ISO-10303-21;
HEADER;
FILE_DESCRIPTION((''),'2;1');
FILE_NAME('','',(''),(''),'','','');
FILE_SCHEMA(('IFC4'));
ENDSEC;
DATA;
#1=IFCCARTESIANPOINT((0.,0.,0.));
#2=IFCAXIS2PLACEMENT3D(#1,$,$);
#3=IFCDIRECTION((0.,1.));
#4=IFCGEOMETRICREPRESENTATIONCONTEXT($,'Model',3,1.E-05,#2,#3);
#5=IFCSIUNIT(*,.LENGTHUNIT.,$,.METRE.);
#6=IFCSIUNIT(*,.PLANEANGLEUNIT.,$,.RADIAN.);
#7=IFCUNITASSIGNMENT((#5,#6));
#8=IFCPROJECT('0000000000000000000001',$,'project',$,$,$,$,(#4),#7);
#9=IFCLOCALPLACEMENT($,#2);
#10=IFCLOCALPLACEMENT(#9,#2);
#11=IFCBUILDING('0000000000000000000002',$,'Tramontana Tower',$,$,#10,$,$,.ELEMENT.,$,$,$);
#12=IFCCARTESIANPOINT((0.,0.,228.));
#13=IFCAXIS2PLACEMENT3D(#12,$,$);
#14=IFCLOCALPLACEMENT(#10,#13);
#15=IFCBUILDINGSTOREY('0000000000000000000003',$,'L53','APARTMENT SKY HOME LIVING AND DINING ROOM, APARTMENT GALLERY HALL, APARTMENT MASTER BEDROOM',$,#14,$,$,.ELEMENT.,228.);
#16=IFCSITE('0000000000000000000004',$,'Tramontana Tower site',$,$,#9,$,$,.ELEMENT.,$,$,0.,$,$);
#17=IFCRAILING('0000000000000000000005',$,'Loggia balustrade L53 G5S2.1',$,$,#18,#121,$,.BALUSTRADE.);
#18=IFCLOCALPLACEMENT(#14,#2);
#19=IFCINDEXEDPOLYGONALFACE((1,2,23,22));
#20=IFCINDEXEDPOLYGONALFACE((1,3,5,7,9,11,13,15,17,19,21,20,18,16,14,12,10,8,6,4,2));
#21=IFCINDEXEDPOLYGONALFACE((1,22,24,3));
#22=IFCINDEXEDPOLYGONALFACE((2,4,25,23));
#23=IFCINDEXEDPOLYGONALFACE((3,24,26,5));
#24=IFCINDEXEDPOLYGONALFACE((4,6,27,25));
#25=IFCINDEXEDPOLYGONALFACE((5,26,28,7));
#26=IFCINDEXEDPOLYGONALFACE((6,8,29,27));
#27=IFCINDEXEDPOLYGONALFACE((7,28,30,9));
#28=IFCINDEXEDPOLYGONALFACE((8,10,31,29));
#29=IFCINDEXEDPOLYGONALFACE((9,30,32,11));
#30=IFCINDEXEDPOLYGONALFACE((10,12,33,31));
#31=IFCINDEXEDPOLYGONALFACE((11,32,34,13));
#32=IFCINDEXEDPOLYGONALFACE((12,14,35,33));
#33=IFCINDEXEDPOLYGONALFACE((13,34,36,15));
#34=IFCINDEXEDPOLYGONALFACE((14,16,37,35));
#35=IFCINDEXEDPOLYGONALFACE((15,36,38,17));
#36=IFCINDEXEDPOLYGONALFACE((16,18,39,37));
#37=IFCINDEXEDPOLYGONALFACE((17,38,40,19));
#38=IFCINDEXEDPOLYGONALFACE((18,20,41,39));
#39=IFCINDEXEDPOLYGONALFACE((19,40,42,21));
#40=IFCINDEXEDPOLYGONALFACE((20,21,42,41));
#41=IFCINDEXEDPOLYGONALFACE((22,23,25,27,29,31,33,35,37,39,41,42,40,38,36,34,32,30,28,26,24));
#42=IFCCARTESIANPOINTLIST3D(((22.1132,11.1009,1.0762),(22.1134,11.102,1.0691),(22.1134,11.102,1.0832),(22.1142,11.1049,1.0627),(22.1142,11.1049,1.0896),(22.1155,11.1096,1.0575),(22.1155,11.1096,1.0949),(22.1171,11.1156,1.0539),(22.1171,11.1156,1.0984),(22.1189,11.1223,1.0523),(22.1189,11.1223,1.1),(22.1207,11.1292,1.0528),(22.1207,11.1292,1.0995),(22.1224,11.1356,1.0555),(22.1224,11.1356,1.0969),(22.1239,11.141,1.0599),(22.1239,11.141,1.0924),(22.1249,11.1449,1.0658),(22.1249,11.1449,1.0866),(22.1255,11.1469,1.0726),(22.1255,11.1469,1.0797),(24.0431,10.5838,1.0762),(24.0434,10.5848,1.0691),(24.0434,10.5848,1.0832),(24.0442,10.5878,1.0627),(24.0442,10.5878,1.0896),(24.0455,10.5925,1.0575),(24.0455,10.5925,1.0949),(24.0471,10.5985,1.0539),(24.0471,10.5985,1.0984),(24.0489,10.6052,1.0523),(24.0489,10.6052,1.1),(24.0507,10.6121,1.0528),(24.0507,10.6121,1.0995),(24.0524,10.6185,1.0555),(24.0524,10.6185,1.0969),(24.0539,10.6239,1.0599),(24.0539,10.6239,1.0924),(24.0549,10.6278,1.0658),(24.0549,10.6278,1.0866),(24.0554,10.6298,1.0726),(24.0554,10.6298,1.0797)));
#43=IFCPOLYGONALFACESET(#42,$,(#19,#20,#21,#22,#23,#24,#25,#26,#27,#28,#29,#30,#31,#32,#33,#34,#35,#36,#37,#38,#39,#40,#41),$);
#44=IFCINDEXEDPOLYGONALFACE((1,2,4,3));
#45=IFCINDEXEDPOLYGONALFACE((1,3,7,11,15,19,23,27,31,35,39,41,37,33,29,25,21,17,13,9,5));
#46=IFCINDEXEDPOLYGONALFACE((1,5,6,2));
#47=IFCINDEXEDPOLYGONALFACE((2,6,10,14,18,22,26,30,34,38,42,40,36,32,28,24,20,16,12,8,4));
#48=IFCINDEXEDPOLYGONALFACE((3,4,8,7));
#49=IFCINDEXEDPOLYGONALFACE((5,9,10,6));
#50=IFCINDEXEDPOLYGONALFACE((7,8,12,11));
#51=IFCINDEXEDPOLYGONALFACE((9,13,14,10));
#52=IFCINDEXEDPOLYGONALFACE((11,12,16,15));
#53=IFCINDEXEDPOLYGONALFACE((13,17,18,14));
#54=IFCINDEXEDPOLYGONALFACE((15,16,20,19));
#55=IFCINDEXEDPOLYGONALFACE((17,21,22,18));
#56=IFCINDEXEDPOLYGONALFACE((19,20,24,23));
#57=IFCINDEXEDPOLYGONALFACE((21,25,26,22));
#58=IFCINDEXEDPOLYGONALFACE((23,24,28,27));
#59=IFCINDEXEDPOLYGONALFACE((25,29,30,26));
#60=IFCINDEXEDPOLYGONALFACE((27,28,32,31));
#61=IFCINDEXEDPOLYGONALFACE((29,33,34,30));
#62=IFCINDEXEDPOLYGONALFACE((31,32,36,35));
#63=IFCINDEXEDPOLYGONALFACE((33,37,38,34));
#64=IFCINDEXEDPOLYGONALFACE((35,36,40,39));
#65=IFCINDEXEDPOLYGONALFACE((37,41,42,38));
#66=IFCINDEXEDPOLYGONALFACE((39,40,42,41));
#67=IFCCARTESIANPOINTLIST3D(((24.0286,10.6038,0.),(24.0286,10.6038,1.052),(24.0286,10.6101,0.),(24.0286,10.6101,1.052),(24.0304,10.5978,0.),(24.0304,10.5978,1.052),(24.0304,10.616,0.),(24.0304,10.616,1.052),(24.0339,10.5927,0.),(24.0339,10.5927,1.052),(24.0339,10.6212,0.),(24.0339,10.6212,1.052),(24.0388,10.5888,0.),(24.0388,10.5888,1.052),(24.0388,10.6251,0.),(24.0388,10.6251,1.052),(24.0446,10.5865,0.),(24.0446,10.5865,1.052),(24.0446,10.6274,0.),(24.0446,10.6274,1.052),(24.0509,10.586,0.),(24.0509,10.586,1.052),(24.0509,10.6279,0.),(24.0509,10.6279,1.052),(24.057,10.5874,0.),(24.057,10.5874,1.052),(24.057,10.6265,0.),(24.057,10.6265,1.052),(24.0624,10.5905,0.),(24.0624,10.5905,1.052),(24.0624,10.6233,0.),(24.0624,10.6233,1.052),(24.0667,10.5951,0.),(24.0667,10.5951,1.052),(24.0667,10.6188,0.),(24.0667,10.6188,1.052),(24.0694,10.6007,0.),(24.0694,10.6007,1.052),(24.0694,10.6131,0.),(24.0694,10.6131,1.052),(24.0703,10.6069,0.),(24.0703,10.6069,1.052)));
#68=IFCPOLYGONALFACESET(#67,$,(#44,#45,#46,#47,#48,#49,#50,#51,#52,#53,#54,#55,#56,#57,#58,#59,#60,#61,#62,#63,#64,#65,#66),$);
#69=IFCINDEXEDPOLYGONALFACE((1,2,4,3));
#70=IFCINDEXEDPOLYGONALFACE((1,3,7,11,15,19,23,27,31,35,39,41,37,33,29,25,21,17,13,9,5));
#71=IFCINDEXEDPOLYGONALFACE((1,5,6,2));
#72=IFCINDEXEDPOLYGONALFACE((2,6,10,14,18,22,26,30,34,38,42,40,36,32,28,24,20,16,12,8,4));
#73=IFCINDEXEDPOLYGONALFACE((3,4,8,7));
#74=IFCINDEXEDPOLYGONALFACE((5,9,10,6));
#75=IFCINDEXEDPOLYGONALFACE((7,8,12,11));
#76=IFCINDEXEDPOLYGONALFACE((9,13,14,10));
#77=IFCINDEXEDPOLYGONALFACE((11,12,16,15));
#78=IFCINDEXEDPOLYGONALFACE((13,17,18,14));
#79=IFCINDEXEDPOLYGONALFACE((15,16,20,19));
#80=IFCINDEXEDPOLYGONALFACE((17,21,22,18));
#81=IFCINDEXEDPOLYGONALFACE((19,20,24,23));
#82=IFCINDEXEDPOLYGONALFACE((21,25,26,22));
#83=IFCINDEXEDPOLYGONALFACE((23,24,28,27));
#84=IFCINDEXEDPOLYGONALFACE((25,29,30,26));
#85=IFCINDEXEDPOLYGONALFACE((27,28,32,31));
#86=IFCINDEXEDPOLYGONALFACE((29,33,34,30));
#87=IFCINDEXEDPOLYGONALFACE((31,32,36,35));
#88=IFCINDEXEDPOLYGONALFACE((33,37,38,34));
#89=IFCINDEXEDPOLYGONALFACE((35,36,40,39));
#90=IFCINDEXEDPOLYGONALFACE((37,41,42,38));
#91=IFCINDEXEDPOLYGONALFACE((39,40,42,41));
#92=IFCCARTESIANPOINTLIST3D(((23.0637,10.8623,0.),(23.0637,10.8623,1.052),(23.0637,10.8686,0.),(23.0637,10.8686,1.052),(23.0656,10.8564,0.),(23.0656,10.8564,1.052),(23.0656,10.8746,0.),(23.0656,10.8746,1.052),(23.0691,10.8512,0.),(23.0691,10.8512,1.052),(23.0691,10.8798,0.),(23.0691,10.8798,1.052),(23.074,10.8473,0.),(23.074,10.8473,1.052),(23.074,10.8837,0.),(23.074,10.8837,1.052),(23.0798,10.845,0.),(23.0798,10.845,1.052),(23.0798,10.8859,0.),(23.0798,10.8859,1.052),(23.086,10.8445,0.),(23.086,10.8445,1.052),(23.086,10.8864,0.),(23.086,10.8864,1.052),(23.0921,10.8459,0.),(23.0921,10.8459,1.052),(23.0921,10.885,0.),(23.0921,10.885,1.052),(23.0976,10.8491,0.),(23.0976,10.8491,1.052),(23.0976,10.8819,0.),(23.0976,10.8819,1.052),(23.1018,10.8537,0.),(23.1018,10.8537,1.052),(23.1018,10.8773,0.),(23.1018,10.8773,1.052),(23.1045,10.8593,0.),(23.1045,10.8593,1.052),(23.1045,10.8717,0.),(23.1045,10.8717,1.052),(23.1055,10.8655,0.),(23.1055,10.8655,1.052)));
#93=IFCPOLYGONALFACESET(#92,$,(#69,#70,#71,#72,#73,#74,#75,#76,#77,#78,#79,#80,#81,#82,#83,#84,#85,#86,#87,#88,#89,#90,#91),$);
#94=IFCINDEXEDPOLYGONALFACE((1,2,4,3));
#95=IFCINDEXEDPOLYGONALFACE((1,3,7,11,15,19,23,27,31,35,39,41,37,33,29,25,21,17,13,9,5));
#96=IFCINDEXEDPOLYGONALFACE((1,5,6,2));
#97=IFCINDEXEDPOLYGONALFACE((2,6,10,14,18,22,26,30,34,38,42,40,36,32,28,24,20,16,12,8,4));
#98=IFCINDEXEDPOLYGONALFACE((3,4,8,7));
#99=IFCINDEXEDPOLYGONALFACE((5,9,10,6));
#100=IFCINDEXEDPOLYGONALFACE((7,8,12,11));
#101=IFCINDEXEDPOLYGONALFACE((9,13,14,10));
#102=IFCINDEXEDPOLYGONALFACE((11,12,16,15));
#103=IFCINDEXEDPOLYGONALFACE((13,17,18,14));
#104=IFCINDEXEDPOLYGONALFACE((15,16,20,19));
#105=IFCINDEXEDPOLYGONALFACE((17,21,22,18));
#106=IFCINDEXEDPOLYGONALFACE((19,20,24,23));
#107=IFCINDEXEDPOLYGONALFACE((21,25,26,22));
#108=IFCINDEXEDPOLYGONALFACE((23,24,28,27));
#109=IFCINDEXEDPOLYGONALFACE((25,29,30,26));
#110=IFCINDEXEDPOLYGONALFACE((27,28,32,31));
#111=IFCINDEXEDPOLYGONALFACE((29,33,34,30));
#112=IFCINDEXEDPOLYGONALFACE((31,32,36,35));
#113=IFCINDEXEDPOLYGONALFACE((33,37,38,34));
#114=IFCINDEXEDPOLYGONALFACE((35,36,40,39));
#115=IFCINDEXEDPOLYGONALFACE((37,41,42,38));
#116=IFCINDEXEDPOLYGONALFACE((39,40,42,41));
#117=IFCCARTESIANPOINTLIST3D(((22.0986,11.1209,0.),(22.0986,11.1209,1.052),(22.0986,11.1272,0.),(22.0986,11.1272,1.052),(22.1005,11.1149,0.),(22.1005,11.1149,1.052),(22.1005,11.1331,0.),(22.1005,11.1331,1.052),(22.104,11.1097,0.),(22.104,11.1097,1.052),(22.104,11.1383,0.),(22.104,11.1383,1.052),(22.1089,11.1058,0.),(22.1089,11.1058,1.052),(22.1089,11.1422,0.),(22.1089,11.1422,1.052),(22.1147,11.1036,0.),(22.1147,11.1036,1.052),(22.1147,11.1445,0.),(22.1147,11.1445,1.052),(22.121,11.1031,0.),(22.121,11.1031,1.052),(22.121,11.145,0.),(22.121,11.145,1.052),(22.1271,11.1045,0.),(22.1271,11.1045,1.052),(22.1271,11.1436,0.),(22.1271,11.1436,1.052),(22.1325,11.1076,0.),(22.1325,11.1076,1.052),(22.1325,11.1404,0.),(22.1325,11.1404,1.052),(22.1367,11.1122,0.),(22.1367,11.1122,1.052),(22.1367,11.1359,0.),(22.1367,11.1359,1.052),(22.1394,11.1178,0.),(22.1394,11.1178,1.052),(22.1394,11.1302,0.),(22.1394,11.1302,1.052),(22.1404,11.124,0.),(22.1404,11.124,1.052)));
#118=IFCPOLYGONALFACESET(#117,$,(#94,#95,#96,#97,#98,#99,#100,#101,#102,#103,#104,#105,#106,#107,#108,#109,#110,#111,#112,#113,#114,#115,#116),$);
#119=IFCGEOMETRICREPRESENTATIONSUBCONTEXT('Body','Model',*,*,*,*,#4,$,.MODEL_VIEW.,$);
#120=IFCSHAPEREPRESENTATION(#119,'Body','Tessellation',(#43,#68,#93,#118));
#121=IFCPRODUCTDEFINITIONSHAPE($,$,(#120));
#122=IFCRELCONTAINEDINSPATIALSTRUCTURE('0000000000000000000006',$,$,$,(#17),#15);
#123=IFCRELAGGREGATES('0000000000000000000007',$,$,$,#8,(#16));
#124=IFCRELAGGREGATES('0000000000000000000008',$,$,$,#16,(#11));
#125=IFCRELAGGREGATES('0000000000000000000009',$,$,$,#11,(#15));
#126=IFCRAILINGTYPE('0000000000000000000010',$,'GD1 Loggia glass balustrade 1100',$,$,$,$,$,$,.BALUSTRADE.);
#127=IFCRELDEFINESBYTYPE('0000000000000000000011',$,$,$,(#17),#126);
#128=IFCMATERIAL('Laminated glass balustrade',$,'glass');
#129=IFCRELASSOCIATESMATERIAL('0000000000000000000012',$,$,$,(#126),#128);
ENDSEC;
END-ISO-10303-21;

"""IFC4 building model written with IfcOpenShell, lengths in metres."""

from ifc_helpers import new_model, si_unit, direction, frame, origin, origin_2d, place, context, subcontext, project, spatial, circle, extrude, material, type_object, element, save


model = new_model("IFC4")

# Units and contexts
model_context = context("Model", 3, precision=1e-05, world=origin(), true_north=direction((0.0, 1.0)))
body_context = subcontext(model_context, "Body", "Model", "MODEL_VIEW")
ifc_project = project(units=[si_unit("LENGTHUNIT", "METRE"), si_unit("PLANEANGLEUNIT", "RADIAN")], contexts=[model_context])

# Site, building, storey
site_placement = place(None, origin())
site = spatial("IfcSite", under=ifc_project, at=site_placement, Name="Tramontana Tower site", CompositionType="ELEMENT", RefElevation=0.0)
building_placement = place(site_placement, origin())
building = spatial("IfcBuilding", under=site, at=building_placement, Name="Tramontana Tower", CompositionType="ELEMENT")
storey_placement = place(building_placement, frame((0.0, 0.0, 228.0)))
storey = spatial("IfcBuildingStorey", under=building, at=storey_placement, Name="L53", Description="APARTMENT SKY HOME LIVING AND DINING ROOM, APARTMENT GALLERY HALL, APARTMENT MASTER BEDROOM", CompositionType="ELEMENT", Elevation=228.0)

# Railing
ifc_material_1 = material(Name="Laminated glass balustrade", Category="glass")
railing_type = type_object("IfcRailingType", Name="GD1 Loggia glass balustrade 1100", PredefinedType="BALUSTRADE", material=ifc_material_1)
railing_1_placement = place(storey_placement, frame((24.0493, 10.6069, 0.0)))
element("IfcRailing", 1, at=railing_1_placement, inside=storey, type_object=railing_type, Name="Loggia balustrade L53 G5S2.1", PredefinedType="BALUSTRADE", context=body_context, shape_type="SweptSolid", body=[
    extrude(circle(Radius=0.0239, at=origin_2d()), frame((0.0, 0.0, 1.0762), z_axis=(-0.96593, 0.258803, 0.0), x_axis=(-0.258803, -0.96593, 0.0)), (0.0, 0.0, 1.0), 1.998),
    extrude(circle(Radius=0.021, at=origin_2d()), origin(), (0.0, 0.0, 1.0), 1.052),
    extrude(circle(Radius=0.021, at=origin_2d()), frame((-0.9648, 0.2585, 0.0)), (0.0, 0.0, 1.0), 1.052),
    extrude(circle(Radius=0.021, at=origin_2d()), frame((-1.9299, 0.5171, 0.0)), (0.0, 0.0, 1.0), 1.052),
])

save(model, "model.ifc")
